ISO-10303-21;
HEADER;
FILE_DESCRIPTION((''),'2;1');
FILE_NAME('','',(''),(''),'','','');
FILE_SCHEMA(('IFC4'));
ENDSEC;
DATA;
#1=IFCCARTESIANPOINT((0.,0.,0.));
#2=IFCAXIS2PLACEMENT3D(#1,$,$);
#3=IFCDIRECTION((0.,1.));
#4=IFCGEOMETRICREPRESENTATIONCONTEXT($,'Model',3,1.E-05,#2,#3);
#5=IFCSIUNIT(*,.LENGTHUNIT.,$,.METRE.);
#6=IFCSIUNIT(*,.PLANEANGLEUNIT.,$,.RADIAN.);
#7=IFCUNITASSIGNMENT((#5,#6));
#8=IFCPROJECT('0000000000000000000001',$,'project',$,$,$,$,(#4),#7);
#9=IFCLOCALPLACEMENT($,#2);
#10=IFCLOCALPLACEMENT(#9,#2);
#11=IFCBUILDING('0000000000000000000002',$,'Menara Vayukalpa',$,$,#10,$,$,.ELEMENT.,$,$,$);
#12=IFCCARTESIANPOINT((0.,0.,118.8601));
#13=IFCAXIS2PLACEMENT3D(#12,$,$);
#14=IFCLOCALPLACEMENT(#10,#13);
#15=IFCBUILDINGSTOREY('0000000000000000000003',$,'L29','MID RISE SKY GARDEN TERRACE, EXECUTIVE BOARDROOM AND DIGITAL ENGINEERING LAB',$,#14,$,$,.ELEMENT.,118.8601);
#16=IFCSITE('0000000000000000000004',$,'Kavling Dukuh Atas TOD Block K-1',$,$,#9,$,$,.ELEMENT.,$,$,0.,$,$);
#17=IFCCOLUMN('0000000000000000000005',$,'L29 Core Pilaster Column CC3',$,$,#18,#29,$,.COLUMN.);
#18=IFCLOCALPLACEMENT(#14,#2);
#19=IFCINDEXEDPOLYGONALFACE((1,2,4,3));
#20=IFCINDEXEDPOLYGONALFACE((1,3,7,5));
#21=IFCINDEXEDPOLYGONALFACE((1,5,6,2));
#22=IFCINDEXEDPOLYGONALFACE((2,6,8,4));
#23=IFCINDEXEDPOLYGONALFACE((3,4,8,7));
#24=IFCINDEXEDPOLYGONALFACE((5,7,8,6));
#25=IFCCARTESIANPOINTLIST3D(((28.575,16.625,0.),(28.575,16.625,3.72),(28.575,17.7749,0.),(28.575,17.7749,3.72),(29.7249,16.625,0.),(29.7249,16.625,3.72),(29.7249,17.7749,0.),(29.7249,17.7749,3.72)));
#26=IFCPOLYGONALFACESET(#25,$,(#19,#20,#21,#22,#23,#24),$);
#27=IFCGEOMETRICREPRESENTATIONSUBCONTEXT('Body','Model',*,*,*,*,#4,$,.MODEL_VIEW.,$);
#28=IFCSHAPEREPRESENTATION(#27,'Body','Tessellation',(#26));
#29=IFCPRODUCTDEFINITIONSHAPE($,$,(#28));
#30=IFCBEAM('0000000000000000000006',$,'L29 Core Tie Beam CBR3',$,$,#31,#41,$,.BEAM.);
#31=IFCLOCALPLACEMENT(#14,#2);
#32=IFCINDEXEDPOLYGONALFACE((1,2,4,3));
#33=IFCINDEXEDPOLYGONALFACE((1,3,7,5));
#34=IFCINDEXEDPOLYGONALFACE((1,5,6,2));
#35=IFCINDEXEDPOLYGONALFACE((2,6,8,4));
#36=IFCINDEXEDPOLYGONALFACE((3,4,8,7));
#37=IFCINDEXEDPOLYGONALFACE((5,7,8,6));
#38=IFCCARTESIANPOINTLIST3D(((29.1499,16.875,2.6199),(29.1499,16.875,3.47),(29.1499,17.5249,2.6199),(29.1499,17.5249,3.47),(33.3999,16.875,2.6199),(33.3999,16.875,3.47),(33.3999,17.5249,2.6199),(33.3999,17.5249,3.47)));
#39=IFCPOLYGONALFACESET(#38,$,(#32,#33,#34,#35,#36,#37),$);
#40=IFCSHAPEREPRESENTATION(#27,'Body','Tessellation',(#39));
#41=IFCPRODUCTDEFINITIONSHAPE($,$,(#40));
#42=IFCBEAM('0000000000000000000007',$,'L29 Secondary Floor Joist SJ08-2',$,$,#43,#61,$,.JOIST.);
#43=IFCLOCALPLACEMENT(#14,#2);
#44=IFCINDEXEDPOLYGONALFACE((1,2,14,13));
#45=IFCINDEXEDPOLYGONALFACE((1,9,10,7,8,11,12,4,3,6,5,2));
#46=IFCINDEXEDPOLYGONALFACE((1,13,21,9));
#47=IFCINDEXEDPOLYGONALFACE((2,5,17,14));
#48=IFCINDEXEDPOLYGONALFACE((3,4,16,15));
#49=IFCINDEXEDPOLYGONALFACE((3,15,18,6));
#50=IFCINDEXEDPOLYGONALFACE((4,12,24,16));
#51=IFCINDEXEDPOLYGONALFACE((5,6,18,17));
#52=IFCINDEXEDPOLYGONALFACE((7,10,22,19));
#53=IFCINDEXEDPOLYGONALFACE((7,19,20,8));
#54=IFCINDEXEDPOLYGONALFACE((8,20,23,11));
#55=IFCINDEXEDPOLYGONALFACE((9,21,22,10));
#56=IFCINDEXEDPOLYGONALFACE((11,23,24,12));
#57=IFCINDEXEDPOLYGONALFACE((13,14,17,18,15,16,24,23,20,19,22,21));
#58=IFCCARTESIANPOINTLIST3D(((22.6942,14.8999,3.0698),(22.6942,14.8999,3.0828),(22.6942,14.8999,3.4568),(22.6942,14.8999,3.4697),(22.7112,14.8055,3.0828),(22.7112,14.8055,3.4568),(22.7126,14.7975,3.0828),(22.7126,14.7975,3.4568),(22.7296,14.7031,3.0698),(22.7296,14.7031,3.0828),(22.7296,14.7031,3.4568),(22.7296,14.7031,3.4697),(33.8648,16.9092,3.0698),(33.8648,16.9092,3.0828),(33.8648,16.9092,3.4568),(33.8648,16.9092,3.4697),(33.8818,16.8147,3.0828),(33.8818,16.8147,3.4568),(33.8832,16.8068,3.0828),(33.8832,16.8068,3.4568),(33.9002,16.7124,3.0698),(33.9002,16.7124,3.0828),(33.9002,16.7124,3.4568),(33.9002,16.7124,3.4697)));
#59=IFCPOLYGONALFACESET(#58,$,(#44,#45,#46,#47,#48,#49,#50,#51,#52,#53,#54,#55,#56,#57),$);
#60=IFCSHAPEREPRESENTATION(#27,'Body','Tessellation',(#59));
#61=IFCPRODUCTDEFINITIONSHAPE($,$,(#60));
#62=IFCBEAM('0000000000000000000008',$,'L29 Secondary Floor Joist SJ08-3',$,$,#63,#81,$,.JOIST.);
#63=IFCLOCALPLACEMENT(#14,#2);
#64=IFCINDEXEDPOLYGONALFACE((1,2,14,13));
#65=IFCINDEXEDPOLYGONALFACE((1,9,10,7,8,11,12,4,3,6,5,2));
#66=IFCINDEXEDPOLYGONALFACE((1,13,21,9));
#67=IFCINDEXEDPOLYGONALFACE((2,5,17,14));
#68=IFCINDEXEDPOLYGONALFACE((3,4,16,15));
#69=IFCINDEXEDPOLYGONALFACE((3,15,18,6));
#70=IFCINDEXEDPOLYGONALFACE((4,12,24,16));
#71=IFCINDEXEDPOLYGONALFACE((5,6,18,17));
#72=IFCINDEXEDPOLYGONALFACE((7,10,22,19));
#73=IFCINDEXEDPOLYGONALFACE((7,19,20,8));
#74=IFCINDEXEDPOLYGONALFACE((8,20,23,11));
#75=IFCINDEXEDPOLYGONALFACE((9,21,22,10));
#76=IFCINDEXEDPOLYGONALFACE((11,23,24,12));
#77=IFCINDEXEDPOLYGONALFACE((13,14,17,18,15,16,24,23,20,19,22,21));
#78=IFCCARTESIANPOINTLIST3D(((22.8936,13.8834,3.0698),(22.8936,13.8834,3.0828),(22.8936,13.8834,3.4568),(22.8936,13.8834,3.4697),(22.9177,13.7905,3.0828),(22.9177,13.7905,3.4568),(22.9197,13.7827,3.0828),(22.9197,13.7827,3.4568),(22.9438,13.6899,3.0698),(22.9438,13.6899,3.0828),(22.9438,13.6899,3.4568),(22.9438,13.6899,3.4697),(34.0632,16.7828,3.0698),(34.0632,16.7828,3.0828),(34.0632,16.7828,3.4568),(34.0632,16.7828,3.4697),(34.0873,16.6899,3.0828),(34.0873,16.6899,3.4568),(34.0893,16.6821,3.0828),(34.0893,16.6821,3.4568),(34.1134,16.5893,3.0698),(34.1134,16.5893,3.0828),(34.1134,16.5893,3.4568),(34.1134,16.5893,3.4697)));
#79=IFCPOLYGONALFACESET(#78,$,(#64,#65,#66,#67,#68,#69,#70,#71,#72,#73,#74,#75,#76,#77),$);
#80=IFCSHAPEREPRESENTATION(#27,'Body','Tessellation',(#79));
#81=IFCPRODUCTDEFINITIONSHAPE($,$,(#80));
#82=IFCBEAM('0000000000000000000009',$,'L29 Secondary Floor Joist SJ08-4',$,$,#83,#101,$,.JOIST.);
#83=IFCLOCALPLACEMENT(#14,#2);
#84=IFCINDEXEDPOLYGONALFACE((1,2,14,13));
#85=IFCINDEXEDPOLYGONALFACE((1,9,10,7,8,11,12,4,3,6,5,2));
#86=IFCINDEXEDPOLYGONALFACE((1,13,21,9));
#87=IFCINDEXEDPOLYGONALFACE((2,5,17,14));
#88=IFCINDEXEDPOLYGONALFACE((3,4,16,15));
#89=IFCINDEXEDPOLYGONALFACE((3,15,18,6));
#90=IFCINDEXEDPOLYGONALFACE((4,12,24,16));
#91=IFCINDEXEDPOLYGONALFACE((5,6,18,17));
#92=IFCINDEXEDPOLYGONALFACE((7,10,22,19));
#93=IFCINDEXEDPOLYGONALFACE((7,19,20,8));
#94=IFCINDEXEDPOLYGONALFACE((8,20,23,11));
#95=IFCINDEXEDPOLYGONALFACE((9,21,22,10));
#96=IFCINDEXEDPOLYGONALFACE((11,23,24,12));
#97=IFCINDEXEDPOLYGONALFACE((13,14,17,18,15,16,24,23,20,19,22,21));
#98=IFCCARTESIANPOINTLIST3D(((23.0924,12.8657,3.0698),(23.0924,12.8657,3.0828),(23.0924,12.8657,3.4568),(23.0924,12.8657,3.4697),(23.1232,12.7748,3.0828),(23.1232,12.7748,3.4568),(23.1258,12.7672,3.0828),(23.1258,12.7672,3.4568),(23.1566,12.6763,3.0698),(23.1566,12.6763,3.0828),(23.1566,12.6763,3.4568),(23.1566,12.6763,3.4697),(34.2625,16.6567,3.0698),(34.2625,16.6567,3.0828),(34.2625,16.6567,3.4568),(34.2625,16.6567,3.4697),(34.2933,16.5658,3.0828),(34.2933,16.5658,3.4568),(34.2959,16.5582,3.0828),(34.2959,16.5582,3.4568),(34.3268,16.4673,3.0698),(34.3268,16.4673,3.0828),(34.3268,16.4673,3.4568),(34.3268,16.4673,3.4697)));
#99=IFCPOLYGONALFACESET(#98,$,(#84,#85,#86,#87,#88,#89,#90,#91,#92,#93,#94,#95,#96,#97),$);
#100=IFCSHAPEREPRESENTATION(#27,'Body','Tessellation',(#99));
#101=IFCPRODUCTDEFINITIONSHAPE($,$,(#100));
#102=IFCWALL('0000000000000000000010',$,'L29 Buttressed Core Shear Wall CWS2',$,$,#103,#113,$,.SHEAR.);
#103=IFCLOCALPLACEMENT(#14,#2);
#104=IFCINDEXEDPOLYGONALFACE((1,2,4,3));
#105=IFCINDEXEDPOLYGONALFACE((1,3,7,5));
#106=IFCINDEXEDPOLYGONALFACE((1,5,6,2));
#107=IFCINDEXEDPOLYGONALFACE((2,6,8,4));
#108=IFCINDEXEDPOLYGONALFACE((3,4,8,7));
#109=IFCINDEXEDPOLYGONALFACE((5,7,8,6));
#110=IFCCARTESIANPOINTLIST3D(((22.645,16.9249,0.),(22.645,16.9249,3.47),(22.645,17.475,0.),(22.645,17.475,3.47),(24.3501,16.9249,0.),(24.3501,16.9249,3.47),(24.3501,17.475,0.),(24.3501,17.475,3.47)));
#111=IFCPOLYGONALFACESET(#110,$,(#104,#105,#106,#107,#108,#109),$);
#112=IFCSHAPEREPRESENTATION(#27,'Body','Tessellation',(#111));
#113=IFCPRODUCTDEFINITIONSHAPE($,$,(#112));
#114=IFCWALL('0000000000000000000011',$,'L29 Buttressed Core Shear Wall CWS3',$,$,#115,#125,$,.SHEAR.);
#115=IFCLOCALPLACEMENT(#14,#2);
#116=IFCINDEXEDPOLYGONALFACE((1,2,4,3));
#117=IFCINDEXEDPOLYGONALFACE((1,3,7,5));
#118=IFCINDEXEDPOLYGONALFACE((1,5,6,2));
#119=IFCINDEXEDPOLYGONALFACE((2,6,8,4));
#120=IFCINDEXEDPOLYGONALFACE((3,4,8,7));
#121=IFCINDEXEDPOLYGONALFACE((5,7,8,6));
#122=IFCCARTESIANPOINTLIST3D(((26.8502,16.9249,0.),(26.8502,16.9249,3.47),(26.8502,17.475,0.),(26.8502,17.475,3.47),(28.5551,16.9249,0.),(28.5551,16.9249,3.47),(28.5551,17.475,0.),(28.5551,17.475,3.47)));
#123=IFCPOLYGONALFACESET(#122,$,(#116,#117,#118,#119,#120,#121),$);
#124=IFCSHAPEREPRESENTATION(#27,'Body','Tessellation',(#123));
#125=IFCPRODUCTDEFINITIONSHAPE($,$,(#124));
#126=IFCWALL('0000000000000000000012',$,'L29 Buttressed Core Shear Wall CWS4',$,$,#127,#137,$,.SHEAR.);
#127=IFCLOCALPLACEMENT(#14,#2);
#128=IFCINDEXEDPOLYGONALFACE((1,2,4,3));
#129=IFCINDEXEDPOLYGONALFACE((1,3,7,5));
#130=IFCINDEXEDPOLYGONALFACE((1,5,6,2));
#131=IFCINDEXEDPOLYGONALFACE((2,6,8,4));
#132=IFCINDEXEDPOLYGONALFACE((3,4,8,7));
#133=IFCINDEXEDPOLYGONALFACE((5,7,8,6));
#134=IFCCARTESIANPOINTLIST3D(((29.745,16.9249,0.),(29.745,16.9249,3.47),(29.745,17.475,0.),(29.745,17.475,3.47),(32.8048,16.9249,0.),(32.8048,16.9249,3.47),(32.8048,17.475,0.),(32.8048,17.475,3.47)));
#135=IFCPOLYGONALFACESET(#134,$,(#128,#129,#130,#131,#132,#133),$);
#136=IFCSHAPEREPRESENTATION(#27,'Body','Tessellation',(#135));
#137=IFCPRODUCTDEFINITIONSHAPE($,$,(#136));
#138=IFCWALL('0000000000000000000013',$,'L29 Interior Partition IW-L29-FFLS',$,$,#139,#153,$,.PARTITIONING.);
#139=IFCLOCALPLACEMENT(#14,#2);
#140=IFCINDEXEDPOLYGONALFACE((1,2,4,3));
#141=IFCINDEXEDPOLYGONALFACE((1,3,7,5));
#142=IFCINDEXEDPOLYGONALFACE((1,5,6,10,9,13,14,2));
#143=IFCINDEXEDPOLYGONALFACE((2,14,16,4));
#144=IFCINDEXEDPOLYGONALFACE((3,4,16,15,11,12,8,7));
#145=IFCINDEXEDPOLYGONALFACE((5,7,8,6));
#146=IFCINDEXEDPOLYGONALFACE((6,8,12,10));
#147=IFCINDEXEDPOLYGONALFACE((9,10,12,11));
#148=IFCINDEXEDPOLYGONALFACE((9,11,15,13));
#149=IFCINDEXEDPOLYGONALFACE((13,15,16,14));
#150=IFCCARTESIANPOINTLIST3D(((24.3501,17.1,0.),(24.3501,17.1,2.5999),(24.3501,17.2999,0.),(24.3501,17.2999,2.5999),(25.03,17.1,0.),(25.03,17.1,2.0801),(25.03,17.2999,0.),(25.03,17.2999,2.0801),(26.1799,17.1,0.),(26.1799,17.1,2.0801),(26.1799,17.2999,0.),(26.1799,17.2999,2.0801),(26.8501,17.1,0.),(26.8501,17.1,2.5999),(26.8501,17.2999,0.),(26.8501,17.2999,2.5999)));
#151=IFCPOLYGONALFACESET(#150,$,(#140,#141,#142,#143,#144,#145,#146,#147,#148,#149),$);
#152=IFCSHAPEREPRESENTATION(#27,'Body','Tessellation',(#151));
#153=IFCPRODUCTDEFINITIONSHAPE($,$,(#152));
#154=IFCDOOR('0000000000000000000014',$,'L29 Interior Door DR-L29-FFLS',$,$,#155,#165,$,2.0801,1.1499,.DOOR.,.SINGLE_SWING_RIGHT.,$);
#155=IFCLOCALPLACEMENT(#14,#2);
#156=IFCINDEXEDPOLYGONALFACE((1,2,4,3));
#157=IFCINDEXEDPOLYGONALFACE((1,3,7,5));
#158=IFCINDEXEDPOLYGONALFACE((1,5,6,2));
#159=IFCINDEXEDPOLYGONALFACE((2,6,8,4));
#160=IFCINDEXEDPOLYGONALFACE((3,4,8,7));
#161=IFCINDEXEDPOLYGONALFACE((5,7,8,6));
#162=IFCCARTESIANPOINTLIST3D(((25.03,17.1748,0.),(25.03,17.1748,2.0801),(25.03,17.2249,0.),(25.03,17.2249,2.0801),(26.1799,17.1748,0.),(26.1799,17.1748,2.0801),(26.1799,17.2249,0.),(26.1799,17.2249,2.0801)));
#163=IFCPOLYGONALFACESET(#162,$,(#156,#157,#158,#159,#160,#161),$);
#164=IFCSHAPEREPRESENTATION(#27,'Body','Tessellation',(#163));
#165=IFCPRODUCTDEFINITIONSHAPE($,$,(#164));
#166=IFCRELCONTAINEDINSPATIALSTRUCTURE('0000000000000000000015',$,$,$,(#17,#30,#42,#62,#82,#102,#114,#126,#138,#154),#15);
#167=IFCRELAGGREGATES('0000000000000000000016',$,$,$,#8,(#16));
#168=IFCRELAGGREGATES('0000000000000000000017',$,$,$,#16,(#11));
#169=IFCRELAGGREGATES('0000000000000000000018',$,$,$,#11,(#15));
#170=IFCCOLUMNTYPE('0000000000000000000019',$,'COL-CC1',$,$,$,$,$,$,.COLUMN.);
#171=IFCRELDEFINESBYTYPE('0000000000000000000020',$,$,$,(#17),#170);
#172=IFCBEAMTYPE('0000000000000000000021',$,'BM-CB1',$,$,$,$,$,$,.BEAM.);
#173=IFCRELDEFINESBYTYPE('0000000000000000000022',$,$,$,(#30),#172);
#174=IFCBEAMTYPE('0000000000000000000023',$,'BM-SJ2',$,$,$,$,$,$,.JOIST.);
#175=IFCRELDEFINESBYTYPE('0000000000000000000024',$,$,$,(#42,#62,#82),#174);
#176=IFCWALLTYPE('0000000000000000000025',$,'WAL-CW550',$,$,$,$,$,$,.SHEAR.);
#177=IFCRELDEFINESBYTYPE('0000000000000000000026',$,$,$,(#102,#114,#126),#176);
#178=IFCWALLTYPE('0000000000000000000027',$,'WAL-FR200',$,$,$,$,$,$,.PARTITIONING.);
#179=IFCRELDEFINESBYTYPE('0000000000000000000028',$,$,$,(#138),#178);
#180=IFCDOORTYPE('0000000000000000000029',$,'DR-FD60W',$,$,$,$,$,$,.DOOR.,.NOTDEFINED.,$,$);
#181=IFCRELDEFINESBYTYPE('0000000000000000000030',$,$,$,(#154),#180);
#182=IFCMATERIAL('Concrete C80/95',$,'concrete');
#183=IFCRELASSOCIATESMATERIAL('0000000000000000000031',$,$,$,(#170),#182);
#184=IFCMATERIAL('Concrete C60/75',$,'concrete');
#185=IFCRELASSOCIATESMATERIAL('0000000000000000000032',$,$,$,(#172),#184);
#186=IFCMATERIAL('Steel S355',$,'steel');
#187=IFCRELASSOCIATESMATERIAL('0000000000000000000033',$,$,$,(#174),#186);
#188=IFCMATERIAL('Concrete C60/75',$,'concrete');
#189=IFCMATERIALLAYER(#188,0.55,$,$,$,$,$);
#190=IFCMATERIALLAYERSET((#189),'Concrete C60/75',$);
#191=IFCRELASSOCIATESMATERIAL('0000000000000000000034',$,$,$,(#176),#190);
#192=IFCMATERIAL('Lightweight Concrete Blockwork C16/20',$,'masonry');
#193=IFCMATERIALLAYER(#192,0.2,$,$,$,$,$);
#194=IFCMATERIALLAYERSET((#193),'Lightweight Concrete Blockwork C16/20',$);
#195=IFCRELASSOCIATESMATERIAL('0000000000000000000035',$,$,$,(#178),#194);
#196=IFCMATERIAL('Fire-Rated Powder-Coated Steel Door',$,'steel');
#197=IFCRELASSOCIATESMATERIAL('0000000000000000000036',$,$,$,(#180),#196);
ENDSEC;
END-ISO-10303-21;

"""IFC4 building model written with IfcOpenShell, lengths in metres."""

from ifc_helpers import new_model, si_unit, direction, frame, frame_2d, origin, origin_2d, place, context, subcontext, project, spatial, rectangle, i_section, extrude, material, layer, layer_set, material_profile, profile_set, type_object, element, fill, save


model = new_model("IFC4")

# Units and contexts
model_context = context("Model", 3, precision=1e-05, world=origin(), true_north=direction((0.0, 1.0)))
body_context = subcontext(model_context, "Body", "Model", "MODEL_VIEW")
ifc_project = project(units=[si_unit("LENGTHUNIT", "METRE"), si_unit("PLANEANGLEUNIT", "RADIAN")], contexts=[model_context])

# Site, building, storey
site_placement = place(None, origin())
site = spatial("IfcSite", under=ifc_project, at=site_placement, Name="Kavling Dukuh Atas TOD Block K-1", CompositionType="ELEMENT", RefElevation=0.0)
building_placement = place(site_placement, origin())
building = spatial("IfcBuilding", under=site, at=building_placement, Name="Menara Vayukalpa", CompositionType="ELEMENT")
storey_placement = place(building_placement, frame((0.0, 0.0, 118.8601)))
storey = spatial("IfcBuildingStorey", under=building, at=storey_placement, Name="L29", Description="MID RISE SKY GARDEN TERRACE, EXECUTIVE BOARDROOM AND DIGITAL ENGINEERING LAB", CompositionType="ELEMENT", Elevation=118.8601)

# Column
ifc_material_1 = material(Name="Concrete C80/95", Category="concrete")
ifc_material_profile_1 = material_profile(ifc_material_1, rectangle(XDim=1.1499, YDim=1.1499, at=origin_2d()), Name="RC 1150x1150")
ifc_profile_set_1 = profile_set([ifc_material_profile_1], Name="Concrete C80/95")
column_type = type_object("IfcColumnType", Name="COL-CC1", PredefinedType="COLUMN", material=ifc_profile_set_1)
column_placement = place(storey_placement, frame((29.1499, 17.2, 0.0), z_axis=(0.0, 0.0, 1.0), x_axis=(1.0, 0.0, 0.0)))
element("IfcColumn", 1, at=column_placement, inside=storey, type_object=column_type, Name="L29 Core Pilaster Column CC3", PredefinedType="COLUMN", context=body_context, shape_type="SweptSolid", body=[
    extrude(rectangle(XDim=1.1499, YDim=1.1499, at=origin_2d()), origin(), (0.0, 0.0, 1.0), 3.72),
])

# Beams
ifc_material_2 = material(Name="Concrete C60/75", Category="concrete")
ifc_material_profile_2 = material_profile(ifc_material_2, rectangle(XDim=0.6499, YDim=0.8501, at=origin_2d()), Name="RC 650x850")
ifc_profile_set_2 = profile_set([ifc_material_profile_2], Name="Concrete C60/75")
beam_type_1 = type_object("IfcBeamType", Name="BM-CB1", PredefinedType="BEAM", material=ifc_profile_set_2)
beam_1_placement = place(storey_placement, frame((29.1499, 17.2, 3.0449), z_axis=(1.0, 0.0, 0.0), x_axis=(0.0, 1.0, 0.0)))
element("IfcBeam", 2, at=beam_1_placement, inside=storey, type_object=beam_type_1, Name="L29 Core Tie Beam CBR3", PredefinedType="BEAM", context=body_context, shape_type="SweptSolid", body=[
    extrude(rectangle(XDim=0.6499, YDim=0.8501, at=origin_2d()), origin(), (0.0, 0.0, 1.0), 4.25),
])
ifc_material_3 = material(Name="Steel S355", Category="steel")
ifc_material_profile_3 = material_profile(ifc_material_3, i_section(OverallWidth=0.2, OverallDepth=0.3999, WebThickness=0.0081, FlangeThickness=0.0129, at=origin_2d()), Name="WF 400x200x8x13")
ifc_profile_set_3 = profile_set([ifc_material_profile_3], Name="Steel S355")
beam_type_2 = type_object("IfcBeamType", Name="BM-SJ2", PredefinedType="JOIST", material=ifc_profile_set_3)
beam_2_placement = place(storey_placement, frame((22.7119, 14.8015, 3.2698), z_axis=(0.984205, 0.17703, 0.0), x_axis=(-0.17703, 0.984205, 0.0)))
element("IfcBeam", 3, at=beam_2_placement, inside=storey, type_object=beam_type_2, Name="L29 Secondary Floor Joist SJ08-2", PredefinedType="JOIST", context=body_context, shape_type="SweptSolid", body=[
    extrude(i_section(OverallWidth=0.2, OverallDepth=0.3999, WebThickness=0.0081, FlangeThickness=0.0129, at=origin_2d()), origin(), (0.0, 0.0, 1.0), 11.3499),
])
beam_3_placement = place(storey_placement, frame((22.9187, 13.7866, 3.2698), z_axis=(0.967922, 0.251252, 0.0), x_axis=(-0.251252, 0.967922, 0.0)))
element("IfcBeam", 4, at=beam_3_placement, inside=storey, type_object=beam_type_2, Name="L29 Secondary Floor Joist SJ08-3", PredefinedType="JOIST", context=body_context, shape_type="SweptSolid", body=[
    extrude(i_section(OverallWidth=0.2, OverallDepth=0.3999, WebThickness=0.0081, FlangeThickness=0.0129, at=origin_2d()), origin(), (0.0, 0.0, 1.0), 11.5398),
])
beam_4_placement = place(storey_placement, frame((23.1245, 12.771, 3.2698), z_axis=(0.946949, 0.321383, 0.0), x_axis=(-0.321383, 0.946949, 0.0)))
element("IfcBeam", 5, at=beam_4_placement, inside=storey, type_object=beam_type_2, Name="L29 Secondary Floor Joist SJ08-4", PredefinedType="JOIST", context=body_context, shape_type="SweptSolid", body=[
    extrude(i_section(OverallWidth=0.2, OverallDepth=0.3999, WebThickness=0.0081, FlangeThickness=0.0129, at=origin_2d()), origin(), (0.0, 0.0, 1.0), 11.7959),
])

# Walls
ifc_material_4 = material(Name="Concrete C60/75", Category="concrete")
ifc_layer_1 = layer(ifc_material_4, 0.55)
ifc_layer_set_1 = layer_set([ifc_layer_1], Name="Concrete C60/75")
wall_type_1 = type_object("IfcWallType", Name="WAL-CW550", PredefinedType="SHEAR", material=ifc_layer_set_1)
wall_1_placement = place(storey_placement, frame((22.645, 17.2, 0.0), z_axis=(0.0, 0.0, 1.0), x_axis=(1.0, 0.0, 0.0)))
element("IfcWall", 6, at=wall_1_placement, inside=storey, type_object=wall_type_1, Name="L29 Buttressed Core Shear Wall CWS2", PredefinedType="SHEAR", context=body_context, shape_type="SweptSolid", body=[
    extrude(rectangle(XDim=1.7051, YDim=0.55, at=frame_2d((0.8525, 0.0))), origin(), (0.0, 0.0, 1.0), 3.47),
])
wall_2_placement = place(storey_placement, frame((26.8501, 17.2, 0.0), z_axis=(0.0, 0.0, 1.0), x_axis=(1.0, 0.0, 0.0)))
element("IfcWall", 7, at=wall_2_placement, inside=storey, type_object=wall_type_1, Name="L29 Buttressed Core Shear Wall CWS3", PredefinedType="SHEAR", context=body_context, shape_type="SweptSolid", body=[
    extrude(rectangle(XDim=1.7048, YDim=0.55, at=frame_2d((0.8525, 0.0))), origin(), (0.0, 0.0, 1.0), 3.47),
])
wall_3_placement = place(storey_placement, frame((29.7451, 17.2, 0.0), z_axis=(0.0, 0.0, 1.0), x_axis=(1.0, 0.0, 0.0)))
element("IfcWall", 8, at=wall_3_placement, inside=storey, type_object=wall_type_1, Name="L29 Buttressed Core Shear Wall CWS4", PredefinedType="SHEAR", context=body_context, shape_type="SweptSolid", body=[
    extrude(rectangle(XDim=3.0598, YDim=0.55, at=frame_2d((1.5298, 0.0))), origin(), (0.0, 0.0, 1.0), 3.47),
])

# Wall, opening, door
ifc_material_5 = material(Name="Lightweight Concrete Blockwork C16/20", Category="masonry")
ifc_layer_2 = layer(ifc_material_5, 0.2)
ifc_layer_set_2 = layer_set([ifc_layer_2], Name="Lightweight Concrete Blockwork C16/20")
wall_type_2 = type_object("IfcWallType", Name="WAL-FR200", PredefinedType="PARTITIONING", material=ifc_layer_set_2)
wall_4_placement = place(storey_placement, frame((24.3501, 17.2, 0.0), z_axis=(0.0, 0.0, 1.0), x_axis=(1.0, 0.0, 0.0)))
wall_4 = element("IfcWall", 9, at=wall_4_placement, inside=storey, type_object=wall_type_2, Name="L29 Interior Partition IW-L29-FFLS", PredefinedType="PARTITIONING", context=body_context, shape_type="SweptSolid", body=[
    extrude(rectangle(XDim=2.5, YDim=0.2, at=frame_2d((1.25, 0.0))), origin(), (0.0, 0.0, 1.0), 2.5999),
])
opening_1_placement = place(wall_4_placement, frame((0.6799, 0.0, 0.0)))
opening_1 = element("IfcOpeningElement", 10, at=opening_1_placement, cuts=wall_4, PredefinedType="OPENING", context=body_context, shape_type="SweptSolid", body=[
    extrude(rectangle(XDim=1.1499, YDim=2.0801, at=frame_2d((0.575, 1.04))), frame((0.0, 0.1099, 0.0), z_axis=(0.0, -1.0, 0.0), x_axis=(1.0, 0.0, 0.0)), (0.0, 0.0, 1.0), 0.22),
])
ifc_material_6 = material(Name="Fire-Rated Powder-Coated Steel Door", Category="steel")
door_type_1 = type_object("IfcDoorType", Name="DR-FD60W", OperationType="NOTDEFINED", PredefinedType="DOOR", material=ifc_material_6)
door_1_placement = place(opening_1_placement, origin())
door_1 = element("IfcDoor", 11, at=door_1_placement, inside=storey, type_object=door_type_1, Name="L29 Interior Door DR-L29-FFLS", OperationType="SINGLE_SWING_RIGHT", OverallHeight=2.0801, OverallWidth=1.1499, PredefinedType="DOOR", context=body_context, shape_type="SweptSolid", body=[
    extrude(rectangle(XDim=1.1499, YDim=2.0801, at=frame_2d((0.575, 1.04))), frame((0.0, 0.0249, 0.0), z_axis=(0.0, -1.0, 0.0), x_axis=(1.0, 0.0, 0.0)), (0.0, 0.0, 1.0), 0.05),
])
fill(opening_1, door_1)

save(model, "model.ifc")
